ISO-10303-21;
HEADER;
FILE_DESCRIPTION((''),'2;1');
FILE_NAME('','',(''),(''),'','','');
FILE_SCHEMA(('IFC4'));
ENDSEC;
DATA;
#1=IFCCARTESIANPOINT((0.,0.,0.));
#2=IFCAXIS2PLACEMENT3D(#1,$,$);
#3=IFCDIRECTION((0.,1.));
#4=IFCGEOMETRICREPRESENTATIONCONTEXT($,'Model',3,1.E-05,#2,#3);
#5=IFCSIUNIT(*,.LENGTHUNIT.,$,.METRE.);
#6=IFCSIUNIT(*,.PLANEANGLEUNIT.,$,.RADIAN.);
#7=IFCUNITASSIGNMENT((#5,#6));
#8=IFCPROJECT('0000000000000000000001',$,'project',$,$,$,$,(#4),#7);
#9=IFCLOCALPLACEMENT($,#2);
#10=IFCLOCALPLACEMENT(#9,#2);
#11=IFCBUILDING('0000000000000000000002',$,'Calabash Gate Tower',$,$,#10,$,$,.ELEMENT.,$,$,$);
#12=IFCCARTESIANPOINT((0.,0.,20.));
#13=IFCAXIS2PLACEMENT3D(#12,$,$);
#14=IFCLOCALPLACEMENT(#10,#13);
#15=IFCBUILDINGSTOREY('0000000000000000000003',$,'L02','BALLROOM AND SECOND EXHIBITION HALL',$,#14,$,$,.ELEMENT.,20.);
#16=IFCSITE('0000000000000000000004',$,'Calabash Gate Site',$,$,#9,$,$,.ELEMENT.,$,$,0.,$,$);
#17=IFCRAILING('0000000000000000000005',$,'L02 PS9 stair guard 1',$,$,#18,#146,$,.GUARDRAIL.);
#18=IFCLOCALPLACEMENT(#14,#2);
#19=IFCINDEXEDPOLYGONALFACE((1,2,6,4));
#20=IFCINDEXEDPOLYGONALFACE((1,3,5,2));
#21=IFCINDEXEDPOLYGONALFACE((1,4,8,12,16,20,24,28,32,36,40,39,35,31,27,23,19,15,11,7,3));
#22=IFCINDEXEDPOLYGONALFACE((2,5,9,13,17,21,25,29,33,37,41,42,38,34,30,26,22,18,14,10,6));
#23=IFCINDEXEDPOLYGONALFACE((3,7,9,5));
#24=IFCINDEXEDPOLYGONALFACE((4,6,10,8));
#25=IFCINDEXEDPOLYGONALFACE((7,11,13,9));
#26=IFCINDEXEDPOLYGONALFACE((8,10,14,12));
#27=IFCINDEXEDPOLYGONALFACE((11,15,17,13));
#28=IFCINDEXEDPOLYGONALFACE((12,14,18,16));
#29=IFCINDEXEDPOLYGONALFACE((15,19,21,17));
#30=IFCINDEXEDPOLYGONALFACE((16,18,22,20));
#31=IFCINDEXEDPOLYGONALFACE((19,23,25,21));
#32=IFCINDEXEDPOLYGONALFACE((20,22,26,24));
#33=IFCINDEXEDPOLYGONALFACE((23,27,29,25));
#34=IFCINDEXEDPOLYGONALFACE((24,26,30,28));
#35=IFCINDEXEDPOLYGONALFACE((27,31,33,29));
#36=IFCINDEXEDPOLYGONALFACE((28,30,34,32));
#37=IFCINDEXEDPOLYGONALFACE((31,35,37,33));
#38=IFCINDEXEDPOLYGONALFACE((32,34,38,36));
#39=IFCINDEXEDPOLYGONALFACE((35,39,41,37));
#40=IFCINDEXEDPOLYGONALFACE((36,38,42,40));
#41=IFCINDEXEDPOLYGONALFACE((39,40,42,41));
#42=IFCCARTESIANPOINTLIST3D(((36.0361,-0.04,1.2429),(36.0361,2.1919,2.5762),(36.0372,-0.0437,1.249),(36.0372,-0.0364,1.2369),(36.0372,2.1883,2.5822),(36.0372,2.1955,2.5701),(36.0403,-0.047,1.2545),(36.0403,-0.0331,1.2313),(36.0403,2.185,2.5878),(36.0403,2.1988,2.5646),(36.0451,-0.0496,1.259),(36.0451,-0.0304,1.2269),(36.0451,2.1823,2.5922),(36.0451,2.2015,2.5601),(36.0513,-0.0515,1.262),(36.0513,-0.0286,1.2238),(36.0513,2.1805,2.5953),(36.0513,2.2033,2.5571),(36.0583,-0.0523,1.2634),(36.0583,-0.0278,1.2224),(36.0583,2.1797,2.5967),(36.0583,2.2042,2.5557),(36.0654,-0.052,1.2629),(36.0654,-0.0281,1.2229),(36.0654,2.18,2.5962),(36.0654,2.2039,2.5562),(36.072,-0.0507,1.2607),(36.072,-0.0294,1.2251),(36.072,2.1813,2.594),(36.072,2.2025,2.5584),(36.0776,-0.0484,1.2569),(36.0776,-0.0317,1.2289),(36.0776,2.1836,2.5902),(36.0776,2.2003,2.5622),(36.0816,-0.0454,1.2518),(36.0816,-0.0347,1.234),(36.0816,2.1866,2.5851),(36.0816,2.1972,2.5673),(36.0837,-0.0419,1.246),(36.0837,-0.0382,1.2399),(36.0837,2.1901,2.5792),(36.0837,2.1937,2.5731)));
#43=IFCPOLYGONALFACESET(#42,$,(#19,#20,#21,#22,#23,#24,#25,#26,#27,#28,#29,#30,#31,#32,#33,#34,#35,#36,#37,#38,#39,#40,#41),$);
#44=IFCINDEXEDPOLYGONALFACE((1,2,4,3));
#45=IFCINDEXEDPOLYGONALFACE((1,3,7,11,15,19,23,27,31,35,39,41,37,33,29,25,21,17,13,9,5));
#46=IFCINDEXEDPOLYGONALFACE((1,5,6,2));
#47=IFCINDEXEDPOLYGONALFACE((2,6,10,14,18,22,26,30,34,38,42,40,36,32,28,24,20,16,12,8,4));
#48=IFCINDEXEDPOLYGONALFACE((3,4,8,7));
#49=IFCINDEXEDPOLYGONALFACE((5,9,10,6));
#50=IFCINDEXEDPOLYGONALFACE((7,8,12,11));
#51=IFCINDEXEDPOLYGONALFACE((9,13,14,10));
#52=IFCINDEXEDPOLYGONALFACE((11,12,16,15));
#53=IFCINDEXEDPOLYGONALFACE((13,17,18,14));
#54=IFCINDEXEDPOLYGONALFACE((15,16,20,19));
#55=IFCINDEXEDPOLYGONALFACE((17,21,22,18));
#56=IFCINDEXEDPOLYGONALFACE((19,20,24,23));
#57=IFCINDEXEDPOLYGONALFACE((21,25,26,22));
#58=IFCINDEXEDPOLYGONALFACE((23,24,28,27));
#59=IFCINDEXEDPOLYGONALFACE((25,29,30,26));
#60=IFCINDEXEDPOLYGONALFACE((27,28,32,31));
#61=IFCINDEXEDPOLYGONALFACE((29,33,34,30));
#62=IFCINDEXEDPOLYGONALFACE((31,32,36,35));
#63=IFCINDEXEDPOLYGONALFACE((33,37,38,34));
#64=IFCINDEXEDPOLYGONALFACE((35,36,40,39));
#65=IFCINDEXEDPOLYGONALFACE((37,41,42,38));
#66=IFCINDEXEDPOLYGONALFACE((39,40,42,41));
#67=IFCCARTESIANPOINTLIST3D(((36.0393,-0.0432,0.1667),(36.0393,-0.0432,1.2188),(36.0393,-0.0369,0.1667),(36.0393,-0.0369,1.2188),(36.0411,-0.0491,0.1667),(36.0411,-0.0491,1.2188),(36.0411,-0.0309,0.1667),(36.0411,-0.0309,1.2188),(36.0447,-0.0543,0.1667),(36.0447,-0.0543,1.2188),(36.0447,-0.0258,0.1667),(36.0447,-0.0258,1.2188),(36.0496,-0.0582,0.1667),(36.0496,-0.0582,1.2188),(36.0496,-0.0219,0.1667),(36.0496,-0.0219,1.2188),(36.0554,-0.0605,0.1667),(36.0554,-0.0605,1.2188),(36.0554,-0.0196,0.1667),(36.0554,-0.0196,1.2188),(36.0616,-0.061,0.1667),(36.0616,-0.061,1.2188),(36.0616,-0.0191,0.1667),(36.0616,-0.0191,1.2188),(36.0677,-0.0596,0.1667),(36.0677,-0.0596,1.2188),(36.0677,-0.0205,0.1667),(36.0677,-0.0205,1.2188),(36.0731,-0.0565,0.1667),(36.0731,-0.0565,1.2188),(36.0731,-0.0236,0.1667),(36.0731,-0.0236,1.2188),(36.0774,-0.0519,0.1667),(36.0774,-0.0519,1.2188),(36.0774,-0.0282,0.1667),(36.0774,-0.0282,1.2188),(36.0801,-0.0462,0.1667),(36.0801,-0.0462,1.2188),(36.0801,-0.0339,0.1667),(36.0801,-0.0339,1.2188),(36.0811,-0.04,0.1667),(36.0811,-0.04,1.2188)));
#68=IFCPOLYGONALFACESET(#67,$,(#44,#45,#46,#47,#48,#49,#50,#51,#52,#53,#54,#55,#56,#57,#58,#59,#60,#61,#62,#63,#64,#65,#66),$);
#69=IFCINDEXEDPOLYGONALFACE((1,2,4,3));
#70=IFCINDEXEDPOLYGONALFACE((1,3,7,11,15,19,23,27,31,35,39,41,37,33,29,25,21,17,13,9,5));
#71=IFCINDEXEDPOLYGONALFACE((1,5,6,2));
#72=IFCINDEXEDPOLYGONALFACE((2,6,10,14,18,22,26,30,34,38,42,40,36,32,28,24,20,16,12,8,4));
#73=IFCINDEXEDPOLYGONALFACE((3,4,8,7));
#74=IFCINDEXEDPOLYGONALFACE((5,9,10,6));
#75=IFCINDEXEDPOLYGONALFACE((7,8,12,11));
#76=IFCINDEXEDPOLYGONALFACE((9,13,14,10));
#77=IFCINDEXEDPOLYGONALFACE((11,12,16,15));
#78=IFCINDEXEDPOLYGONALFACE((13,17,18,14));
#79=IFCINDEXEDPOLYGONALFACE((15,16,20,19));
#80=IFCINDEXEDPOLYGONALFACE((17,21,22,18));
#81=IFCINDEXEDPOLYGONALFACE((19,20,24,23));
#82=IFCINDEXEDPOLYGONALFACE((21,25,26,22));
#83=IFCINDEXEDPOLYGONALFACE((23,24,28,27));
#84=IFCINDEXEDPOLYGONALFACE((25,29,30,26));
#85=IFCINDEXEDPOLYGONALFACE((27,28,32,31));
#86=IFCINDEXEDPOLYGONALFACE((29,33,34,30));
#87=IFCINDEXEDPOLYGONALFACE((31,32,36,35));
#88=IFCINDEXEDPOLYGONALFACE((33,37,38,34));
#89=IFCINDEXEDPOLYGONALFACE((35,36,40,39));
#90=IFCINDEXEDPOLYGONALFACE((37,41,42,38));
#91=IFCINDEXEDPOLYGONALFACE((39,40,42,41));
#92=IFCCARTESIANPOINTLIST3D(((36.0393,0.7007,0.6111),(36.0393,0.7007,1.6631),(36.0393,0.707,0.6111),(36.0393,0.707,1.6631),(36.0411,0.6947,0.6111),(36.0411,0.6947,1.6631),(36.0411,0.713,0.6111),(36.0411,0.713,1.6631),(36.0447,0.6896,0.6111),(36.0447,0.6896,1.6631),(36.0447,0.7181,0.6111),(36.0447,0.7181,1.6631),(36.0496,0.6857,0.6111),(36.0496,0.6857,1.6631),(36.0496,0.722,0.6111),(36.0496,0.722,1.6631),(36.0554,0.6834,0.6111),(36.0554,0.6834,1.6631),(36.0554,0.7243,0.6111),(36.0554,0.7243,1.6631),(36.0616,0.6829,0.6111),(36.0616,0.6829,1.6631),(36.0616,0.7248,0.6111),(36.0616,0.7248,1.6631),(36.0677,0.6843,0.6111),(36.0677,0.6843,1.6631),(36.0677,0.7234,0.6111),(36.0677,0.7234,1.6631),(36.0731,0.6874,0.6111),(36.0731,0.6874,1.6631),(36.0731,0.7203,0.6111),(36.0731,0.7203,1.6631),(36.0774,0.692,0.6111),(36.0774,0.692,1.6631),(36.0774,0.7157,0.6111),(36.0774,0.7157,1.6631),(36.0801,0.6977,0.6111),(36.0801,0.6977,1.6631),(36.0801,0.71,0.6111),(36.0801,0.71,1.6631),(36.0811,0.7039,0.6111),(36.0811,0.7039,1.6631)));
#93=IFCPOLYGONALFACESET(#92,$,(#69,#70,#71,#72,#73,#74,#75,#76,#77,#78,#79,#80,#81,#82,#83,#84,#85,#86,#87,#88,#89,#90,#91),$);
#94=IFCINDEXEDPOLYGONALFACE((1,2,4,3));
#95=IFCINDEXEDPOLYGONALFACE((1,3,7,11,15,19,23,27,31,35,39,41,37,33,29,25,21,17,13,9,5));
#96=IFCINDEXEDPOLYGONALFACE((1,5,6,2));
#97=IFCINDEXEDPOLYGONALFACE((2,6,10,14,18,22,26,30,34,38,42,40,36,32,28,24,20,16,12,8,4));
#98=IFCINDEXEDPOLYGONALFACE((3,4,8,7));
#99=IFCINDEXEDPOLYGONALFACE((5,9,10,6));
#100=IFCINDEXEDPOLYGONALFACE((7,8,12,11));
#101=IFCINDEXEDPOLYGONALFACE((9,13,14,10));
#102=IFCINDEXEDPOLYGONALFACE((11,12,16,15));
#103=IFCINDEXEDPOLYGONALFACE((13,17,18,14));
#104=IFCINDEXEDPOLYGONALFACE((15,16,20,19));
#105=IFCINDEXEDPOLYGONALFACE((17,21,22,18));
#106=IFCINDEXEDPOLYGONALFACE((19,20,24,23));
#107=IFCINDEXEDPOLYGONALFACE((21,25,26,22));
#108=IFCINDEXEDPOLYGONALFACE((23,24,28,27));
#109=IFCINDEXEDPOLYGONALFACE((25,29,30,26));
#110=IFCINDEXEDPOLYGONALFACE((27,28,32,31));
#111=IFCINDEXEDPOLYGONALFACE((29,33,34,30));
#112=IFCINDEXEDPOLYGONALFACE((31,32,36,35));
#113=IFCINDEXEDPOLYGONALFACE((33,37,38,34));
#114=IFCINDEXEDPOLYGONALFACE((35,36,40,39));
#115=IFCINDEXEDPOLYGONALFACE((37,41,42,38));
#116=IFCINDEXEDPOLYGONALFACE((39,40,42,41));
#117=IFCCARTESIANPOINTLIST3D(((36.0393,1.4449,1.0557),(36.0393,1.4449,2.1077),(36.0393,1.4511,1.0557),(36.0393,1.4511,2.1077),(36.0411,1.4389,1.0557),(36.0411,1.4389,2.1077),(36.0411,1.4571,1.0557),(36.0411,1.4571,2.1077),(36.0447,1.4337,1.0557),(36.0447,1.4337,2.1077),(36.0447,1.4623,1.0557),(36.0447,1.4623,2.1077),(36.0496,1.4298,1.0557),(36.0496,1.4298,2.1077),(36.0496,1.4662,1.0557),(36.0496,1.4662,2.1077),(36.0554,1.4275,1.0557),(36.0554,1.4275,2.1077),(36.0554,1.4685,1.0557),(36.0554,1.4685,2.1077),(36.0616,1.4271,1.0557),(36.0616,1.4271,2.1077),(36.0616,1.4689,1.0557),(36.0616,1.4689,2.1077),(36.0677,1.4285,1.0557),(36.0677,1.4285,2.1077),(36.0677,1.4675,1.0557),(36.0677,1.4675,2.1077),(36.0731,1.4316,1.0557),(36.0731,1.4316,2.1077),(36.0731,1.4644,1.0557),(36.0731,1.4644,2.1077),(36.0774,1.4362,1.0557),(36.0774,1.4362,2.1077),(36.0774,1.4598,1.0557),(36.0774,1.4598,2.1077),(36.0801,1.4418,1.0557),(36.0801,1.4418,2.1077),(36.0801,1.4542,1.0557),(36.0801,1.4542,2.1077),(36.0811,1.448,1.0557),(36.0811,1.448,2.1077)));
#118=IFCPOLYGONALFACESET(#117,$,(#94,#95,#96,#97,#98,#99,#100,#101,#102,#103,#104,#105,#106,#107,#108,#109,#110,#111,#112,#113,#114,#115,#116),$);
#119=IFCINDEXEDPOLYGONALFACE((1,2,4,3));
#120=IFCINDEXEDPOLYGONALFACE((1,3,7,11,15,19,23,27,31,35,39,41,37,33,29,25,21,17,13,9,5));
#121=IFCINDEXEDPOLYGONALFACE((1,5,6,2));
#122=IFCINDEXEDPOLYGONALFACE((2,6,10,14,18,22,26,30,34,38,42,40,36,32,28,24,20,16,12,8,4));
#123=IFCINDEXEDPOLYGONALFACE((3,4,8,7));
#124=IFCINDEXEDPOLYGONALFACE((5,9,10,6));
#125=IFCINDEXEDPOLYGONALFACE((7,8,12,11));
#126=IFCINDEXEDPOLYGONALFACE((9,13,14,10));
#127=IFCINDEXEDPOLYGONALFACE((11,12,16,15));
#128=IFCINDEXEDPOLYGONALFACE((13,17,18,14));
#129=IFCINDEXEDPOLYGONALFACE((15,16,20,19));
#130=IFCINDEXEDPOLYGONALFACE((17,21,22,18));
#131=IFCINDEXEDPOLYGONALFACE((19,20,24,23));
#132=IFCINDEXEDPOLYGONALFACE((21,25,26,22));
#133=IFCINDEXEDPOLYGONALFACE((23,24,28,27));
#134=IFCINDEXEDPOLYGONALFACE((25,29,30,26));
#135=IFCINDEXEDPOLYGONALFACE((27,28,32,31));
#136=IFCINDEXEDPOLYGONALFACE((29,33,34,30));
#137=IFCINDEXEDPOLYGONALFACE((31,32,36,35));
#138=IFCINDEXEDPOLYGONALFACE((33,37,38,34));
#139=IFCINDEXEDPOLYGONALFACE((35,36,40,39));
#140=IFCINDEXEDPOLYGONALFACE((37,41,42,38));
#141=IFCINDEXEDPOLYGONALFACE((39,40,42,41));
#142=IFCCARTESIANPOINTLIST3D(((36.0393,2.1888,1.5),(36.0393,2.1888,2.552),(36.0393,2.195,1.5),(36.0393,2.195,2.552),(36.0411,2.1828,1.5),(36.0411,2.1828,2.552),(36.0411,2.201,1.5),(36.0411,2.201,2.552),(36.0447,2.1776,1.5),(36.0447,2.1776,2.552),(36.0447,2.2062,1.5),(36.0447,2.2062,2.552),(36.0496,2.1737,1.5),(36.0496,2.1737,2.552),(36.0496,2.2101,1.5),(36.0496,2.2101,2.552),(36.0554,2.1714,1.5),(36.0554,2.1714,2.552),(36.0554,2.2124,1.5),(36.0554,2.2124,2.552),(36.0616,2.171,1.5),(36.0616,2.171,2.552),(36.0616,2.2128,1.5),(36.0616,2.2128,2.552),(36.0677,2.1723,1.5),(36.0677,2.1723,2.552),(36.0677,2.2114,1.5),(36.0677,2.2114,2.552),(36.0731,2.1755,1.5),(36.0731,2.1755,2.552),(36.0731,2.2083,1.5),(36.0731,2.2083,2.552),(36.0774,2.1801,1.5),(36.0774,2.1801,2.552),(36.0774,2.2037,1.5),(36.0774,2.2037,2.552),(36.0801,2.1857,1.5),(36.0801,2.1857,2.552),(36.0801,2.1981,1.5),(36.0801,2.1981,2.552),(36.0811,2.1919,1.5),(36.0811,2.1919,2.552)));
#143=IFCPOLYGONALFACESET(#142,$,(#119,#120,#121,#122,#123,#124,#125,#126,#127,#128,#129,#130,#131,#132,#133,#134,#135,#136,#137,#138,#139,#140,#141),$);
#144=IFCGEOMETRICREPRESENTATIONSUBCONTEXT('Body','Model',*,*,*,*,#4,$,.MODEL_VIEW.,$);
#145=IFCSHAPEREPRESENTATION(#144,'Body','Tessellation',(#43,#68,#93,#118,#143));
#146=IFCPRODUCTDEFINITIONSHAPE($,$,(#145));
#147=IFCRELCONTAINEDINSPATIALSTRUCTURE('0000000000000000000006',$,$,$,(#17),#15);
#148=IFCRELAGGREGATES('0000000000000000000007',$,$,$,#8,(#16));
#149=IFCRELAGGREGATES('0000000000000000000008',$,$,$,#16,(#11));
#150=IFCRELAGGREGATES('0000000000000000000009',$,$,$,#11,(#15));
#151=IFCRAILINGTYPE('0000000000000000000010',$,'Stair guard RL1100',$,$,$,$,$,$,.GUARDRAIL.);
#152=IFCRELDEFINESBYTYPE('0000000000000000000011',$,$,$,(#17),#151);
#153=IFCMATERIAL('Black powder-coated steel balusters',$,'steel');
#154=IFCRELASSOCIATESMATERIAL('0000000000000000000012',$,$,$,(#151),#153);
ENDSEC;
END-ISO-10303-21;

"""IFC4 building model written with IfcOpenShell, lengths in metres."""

from ifc_helpers import new_model, si_unit, direction, frame, origin, origin_2d, place, context, subcontext, project, spatial, circle, extrude, material, type_object, element, save


model = new_model("IFC4")

# Units and contexts
model_context = context("Model", 3, precision=1e-05, world=origin(), true_north=direction((0.0, 1.0)))
body_context = subcontext(model_context, "Body", "Model", "MODEL_VIEW")
ifc_project = project(units=[si_unit("LENGTHUNIT", "METRE"), si_unit("PLANEANGLEUNIT", "RADIAN")], contexts=[model_context])

# Site, building, storey
site_placement = place(None, origin())
site = spatial("IfcSite", under=ifc_project, at=site_placement, Name="Calabash Gate Site", CompositionType="ELEMENT", RefElevation=0.0)
building_placement = place(site_placement, origin())
building = spatial("IfcBuilding", under=site, at=building_placement, Name="Calabash Gate Tower", CompositionType="ELEMENT")
storey_placement = place(building_placement, frame((0.0, 0.0, 20.0)))
storey = spatial("IfcBuildingStorey", under=building, at=storey_placement, Name="L02", Description="BALLROOM AND SECOND EXHIBITION HALL", CompositionType="ELEMENT", Elevation=20.0)

# Railing
ifc_material_1 = material(Name="Black powder-coated steel balusters", Category="steel")
railing_type_1 = type_object("IfcRailingType", Name="Stair guard RL1100", PredefinedType="GUARDRAIL", material=ifc_material_1)
railing_1_placement = place(storey_placement, frame((36.0601, -0.04, 0.1667)))
element("IfcRailing", 1, at=railing_1_placement, inside=storey, type_object=railing_type_1, Name="L02 PS9 stair guard 1", PredefinedType="GUARDRAIL", context=body_context, shape_type="SweptSolid", body=[
    extrude(circle(Radius=0.0239, at=origin_2d()), frame((0.0, 0.0, 1.0762), z_axis=(0.0, 0.858494, 0.512824), x_axis=(-1.0, 0.0, 0.0)), (0.0, 0.0, 1.0), 2.5999),
    extrude(circle(Radius=0.021, at=origin_2d()), origin(), (0.0, 0.0, 1.0), 1.052),
    extrude(circle(Radius=0.021, at=origin_2d()), frame((0.0, 0.7439, 0.4443)), (0.0, 0.0, 1.0), 1.052),
    extrude(circle(Radius=0.021, at=origin_2d()), frame((0.0, 1.488, 0.8889)), (0.0, 0.0, 1.0), 1.052),
    extrude(circle(Radius=0.021, at=origin_2d()), frame((0.0, 2.2319, 1.3333)), (0.0, 0.0, 1.0), 1.052),
])

save(model, "model.ifc")
